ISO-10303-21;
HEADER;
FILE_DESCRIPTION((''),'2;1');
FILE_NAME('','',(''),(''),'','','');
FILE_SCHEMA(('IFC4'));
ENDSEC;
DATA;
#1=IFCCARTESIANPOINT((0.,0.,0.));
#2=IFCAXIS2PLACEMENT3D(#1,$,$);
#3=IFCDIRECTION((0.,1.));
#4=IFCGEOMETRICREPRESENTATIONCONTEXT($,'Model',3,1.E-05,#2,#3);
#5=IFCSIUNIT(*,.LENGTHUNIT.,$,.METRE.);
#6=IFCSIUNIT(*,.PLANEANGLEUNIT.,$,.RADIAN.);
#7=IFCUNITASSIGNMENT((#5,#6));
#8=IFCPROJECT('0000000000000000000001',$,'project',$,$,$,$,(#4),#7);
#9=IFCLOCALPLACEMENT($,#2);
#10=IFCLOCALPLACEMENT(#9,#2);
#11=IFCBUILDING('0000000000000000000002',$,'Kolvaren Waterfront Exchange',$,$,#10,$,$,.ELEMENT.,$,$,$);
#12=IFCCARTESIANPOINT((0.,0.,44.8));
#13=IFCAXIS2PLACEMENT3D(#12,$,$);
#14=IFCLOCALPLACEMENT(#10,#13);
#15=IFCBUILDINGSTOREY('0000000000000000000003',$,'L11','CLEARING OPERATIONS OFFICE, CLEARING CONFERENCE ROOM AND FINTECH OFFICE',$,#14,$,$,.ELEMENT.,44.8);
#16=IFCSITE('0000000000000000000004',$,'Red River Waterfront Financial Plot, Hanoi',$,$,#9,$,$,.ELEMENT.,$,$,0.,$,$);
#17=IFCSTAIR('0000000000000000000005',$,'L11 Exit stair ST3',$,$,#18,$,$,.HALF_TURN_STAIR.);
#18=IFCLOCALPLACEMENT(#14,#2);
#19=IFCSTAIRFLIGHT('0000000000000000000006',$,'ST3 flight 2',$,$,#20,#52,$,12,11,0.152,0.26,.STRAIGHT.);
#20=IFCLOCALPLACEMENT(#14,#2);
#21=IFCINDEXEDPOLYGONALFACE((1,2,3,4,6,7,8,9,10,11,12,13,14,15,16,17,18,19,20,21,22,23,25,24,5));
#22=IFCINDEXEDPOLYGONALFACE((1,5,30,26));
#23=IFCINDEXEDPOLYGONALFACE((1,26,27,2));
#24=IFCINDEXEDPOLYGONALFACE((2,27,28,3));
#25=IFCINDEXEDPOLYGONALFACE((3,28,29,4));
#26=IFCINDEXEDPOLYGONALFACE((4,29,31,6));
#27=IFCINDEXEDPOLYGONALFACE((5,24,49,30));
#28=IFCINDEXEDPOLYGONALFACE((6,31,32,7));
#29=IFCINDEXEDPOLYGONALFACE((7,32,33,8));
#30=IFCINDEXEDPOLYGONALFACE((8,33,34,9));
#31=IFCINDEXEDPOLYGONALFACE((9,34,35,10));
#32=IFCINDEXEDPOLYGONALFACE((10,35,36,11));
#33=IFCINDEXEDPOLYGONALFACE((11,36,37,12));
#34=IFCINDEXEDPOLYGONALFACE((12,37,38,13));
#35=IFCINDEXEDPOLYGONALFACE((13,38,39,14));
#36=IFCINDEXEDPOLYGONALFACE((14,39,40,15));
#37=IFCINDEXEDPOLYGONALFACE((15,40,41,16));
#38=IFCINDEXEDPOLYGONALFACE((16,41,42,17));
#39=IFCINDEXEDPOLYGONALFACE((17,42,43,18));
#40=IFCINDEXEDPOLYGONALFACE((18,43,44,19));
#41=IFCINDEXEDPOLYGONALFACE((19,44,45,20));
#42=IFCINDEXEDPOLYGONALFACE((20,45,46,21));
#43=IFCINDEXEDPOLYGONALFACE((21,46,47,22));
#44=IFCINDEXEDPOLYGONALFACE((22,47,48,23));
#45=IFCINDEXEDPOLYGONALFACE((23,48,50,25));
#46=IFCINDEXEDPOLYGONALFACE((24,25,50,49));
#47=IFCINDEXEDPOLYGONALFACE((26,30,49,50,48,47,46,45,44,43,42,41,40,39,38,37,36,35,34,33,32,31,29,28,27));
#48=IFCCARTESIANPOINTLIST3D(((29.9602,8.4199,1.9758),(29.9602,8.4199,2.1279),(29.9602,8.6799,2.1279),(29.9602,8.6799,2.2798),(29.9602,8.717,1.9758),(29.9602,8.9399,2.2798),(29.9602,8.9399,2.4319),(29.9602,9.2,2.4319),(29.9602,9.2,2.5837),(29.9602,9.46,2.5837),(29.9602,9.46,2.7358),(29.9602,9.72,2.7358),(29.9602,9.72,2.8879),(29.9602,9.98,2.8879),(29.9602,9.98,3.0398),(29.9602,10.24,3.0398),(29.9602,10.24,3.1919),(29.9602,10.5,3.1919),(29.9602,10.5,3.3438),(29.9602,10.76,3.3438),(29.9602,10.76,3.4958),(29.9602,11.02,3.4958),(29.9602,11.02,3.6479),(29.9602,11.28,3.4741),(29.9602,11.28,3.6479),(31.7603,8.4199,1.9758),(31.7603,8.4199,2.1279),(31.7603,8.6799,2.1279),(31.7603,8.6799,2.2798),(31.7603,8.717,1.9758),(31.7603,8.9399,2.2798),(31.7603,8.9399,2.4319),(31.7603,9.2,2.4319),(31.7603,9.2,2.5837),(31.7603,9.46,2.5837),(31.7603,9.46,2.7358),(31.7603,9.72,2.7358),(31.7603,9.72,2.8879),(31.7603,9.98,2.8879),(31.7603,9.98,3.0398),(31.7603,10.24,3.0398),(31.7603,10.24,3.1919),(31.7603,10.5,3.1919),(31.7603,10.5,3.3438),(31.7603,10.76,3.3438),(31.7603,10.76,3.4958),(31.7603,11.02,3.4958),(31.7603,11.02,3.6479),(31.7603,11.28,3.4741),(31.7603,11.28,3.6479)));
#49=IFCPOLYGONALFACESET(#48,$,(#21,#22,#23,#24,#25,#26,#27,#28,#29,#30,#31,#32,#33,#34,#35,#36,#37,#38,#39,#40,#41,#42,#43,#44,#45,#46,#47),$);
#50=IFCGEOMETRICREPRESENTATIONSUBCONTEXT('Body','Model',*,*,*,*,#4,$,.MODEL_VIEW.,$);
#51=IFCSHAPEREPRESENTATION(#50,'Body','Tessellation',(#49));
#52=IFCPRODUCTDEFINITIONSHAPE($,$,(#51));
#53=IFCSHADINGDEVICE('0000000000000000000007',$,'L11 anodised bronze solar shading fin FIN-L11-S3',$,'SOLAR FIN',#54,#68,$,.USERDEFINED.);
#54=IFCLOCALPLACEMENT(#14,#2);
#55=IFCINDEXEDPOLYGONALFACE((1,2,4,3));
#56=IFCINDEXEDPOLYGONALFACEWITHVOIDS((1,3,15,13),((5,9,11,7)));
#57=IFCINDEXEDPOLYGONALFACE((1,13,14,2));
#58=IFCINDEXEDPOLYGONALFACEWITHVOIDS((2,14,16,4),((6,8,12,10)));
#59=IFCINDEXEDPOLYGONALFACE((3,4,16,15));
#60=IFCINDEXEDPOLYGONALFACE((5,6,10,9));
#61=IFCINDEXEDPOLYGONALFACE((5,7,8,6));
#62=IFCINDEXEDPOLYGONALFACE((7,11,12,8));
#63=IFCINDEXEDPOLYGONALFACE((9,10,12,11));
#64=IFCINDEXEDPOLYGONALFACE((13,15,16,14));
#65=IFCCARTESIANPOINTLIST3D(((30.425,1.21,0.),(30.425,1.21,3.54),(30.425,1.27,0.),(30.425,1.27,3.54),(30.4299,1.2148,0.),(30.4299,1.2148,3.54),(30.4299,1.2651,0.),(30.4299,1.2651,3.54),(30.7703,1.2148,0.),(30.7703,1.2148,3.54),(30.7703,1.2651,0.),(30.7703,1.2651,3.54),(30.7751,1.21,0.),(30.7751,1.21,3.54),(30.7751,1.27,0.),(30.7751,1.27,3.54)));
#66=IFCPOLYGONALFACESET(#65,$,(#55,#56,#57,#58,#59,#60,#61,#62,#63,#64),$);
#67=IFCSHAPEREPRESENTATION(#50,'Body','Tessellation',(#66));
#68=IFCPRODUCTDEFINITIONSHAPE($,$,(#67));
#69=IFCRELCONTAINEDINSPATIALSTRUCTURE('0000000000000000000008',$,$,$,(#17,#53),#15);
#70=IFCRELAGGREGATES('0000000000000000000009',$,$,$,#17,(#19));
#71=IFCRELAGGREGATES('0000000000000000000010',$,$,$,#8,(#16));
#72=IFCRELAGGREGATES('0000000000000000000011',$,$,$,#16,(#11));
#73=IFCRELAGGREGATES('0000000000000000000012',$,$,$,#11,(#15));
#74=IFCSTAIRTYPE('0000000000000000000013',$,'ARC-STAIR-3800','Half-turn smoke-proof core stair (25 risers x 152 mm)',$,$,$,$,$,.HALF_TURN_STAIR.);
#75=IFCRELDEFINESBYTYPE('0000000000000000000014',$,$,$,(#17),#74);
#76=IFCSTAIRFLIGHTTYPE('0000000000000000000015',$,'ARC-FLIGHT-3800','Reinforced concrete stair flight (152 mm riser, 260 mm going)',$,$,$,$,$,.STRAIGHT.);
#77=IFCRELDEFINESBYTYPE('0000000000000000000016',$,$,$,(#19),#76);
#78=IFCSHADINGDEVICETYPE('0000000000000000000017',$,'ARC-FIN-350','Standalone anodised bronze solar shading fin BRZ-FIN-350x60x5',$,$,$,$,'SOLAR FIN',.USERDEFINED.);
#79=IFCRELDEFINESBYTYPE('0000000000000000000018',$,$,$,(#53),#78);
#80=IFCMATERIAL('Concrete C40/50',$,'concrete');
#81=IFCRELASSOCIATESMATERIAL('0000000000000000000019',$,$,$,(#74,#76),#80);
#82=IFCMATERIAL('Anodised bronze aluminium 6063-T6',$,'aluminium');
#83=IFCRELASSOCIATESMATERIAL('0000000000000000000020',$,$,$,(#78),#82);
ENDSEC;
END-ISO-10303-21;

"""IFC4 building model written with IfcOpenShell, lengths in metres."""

from ifc_helpers import new_model, si_unit, direction, frame, origin, origin_2d, place, context, subcontext, project, spatial, polyline, hollow_rectangle, outline, extrude, material, material_profile, profile_set, type_object, element, aggregate, save


model = new_model("IFC4")

# Units and contexts
model_context = context("Model", 3, precision=1e-05, world=origin(), true_north=direction((0.0, 1.0)))
body_context = subcontext(model_context, "Body", "Model", "MODEL_VIEW")
ifc_project = project(units=[si_unit("LENGTHUNIT", "METRE"), si_unit("PLANEANGLEUNIT", "RADIAN")], contexts=[model_context])

# Site, building, storey
site_placement = place(None, origin())
site = spatial("IfcSite", under=ifc_project, at=site_placement, Name="Red River Waterfront Financial Plot, Hanoi", CompositionType="ELEMENT", RefElevation=0.0)
building_placement = place(site_placement, origin())
building = spatial("IfcBuilding", under=site, at=building_placement, Name="Kolvaren Waterfront Exchange", CompositionType="ELEMENT")
storey_placement = place(building_placement, frame((0.0, 0.0, 44.8)))
storey = spatial("IfcBuildingStorey", under=building, at=storey_placement, Name="L11", Description="CLEARING OPERATIONS OFFICE, CLEARING CONFERENCE ROOM AND FINTECH OFFICE", CompositionType="ELEMENT", Elevation=44.8)

# Shared definitions
ifc_material_1 = material(Name="Anodised bronze aluminium 6063-T6", Category="aluminium")

# Shared definitions
ifc_material_2 = material(Name="Concrete C40/50", Category="concrete")

# Stair, stair flight
stair_type = type_object("IfcStairType", Name="ARC-STAIR-3800", Description="Half-turn smoke-proof core stair (25 risers x 152 mm)", PredefinedType="HALF_TURN_STAIR", material=ifc_material_2)
stair_placement = place(storey_placement, origin())
stair = element("IfcStair", 1, at=stair_placement, inside=storey, type_object=stair_type, Name="L11 Exit stair ST3", PredefinedType="HALF_TURN_STAIR")
stair_flight_type = type_object("IfcStairFlightType", Name="ARC-FLIGHT-3800", Description="Reinforced concrete stair flight (152 mm riser, 260 mm going)", PredefinedType="STRAIGHT", material=ifc_material_2)
stair_flight_placement = place(storey_placement, frame((30.8601, 8.4199, 1.9758), z_axis=(0.0, 0.0, 1.0), x_axis=(0.0, 1.0, 0.0)))
stair_flight = element("IfcStairFlight", 2, at=stair_flight_placement, type_object=stair_flight_type, Name="ST3 flight 2", NumberOfRisers=12, NumberOfTreads=11, PredefinedType="STRAIGHT", RiserHeight=0.152, TreadLength=0.26, context=body_context, shape_type="SweptSolid", body=[
    extrude(outline(polyline([(0.0, 0.0), (0.0, 0.1521), (0.26, 0.1521), (0.26, 0.304), (0.52, 0.304), (0.52, 0.4561), (0.78, 0.4561), (0.78, 0.6079), (1.04, 0.6079), (1.04, 0.76), (1.3, 0.76), (1.3, 0.9121), (1.5601, 0.9121), (1.5601, 1.064), (1.8201, 1.064), (1.8201, 1.2161), (2.0801, 1.2161), (2.0801, 1.3679), (2.3401, 1.3679), (2.3401, 1.52), (2.6001, 1.52), (2.6001, 1.6721), (2.8601, 1.6721), (2.8601, 1.824), (2.8601, 1.4983), (0.2971, 0.0), (0.0, 0.0)])), frame((0.0, 0.8999, 0.0), z_axis=(0.0, -1.0, 0.0), x_axis=(1.0, 0.0, 0.0)), (0.0, 0.0, 1.0), 1.8),
])
aggregate(stair, [stair_flight])

# Shading device
ifc_material_profile_1 = material_profile(ifc_material_1, hollow_rectangle(XDim=0.0601, YDim=0.3501, WallThickness=0.0049, at=origin_2d()), Name="BRZ-FIN-350x60x5")
ifc_profile_set_1 = profile_set([ifc_material_profile_1], Name="Anodised bronze aluminium 6063-T6")
shading_device_type = type_object("IfcShadingDeviceType", Name="ARC-FIN-350", Description="Standalone anodised bronze solar shading fin BRZ-FIN-350x60x5", ElementType="SOLAR FIN", PredefinedType="USERDEFINED", material=ifc_profile_set_1)
shading_device_placement = place(storey_placement, frame((30.6001, 1.24, 0.0), z_axis=(0.0, 0.0, 1.0), x_axis=(0.0, -1.0, 0.0)))
element("IfcShadingDevice", 3, at=shading_device_placement, inside=storey, type_object=shading_device_type, Name="L11 anodised bronze solar shading fin FIN-L11-S3", ObjectType="SOLAR FIN", PredefinedType="USERDEFINED", context=body_context, shape_type="SweptSolid", body=[
    extrude(hollow_rectangle(XDim=0.0601, YDim=0.3501, WallThickness=0.0049, at=origin_2d()), origin(), (0.0, 0.0, 1.0), 3.54),
])

save(model, "model.ifc")
